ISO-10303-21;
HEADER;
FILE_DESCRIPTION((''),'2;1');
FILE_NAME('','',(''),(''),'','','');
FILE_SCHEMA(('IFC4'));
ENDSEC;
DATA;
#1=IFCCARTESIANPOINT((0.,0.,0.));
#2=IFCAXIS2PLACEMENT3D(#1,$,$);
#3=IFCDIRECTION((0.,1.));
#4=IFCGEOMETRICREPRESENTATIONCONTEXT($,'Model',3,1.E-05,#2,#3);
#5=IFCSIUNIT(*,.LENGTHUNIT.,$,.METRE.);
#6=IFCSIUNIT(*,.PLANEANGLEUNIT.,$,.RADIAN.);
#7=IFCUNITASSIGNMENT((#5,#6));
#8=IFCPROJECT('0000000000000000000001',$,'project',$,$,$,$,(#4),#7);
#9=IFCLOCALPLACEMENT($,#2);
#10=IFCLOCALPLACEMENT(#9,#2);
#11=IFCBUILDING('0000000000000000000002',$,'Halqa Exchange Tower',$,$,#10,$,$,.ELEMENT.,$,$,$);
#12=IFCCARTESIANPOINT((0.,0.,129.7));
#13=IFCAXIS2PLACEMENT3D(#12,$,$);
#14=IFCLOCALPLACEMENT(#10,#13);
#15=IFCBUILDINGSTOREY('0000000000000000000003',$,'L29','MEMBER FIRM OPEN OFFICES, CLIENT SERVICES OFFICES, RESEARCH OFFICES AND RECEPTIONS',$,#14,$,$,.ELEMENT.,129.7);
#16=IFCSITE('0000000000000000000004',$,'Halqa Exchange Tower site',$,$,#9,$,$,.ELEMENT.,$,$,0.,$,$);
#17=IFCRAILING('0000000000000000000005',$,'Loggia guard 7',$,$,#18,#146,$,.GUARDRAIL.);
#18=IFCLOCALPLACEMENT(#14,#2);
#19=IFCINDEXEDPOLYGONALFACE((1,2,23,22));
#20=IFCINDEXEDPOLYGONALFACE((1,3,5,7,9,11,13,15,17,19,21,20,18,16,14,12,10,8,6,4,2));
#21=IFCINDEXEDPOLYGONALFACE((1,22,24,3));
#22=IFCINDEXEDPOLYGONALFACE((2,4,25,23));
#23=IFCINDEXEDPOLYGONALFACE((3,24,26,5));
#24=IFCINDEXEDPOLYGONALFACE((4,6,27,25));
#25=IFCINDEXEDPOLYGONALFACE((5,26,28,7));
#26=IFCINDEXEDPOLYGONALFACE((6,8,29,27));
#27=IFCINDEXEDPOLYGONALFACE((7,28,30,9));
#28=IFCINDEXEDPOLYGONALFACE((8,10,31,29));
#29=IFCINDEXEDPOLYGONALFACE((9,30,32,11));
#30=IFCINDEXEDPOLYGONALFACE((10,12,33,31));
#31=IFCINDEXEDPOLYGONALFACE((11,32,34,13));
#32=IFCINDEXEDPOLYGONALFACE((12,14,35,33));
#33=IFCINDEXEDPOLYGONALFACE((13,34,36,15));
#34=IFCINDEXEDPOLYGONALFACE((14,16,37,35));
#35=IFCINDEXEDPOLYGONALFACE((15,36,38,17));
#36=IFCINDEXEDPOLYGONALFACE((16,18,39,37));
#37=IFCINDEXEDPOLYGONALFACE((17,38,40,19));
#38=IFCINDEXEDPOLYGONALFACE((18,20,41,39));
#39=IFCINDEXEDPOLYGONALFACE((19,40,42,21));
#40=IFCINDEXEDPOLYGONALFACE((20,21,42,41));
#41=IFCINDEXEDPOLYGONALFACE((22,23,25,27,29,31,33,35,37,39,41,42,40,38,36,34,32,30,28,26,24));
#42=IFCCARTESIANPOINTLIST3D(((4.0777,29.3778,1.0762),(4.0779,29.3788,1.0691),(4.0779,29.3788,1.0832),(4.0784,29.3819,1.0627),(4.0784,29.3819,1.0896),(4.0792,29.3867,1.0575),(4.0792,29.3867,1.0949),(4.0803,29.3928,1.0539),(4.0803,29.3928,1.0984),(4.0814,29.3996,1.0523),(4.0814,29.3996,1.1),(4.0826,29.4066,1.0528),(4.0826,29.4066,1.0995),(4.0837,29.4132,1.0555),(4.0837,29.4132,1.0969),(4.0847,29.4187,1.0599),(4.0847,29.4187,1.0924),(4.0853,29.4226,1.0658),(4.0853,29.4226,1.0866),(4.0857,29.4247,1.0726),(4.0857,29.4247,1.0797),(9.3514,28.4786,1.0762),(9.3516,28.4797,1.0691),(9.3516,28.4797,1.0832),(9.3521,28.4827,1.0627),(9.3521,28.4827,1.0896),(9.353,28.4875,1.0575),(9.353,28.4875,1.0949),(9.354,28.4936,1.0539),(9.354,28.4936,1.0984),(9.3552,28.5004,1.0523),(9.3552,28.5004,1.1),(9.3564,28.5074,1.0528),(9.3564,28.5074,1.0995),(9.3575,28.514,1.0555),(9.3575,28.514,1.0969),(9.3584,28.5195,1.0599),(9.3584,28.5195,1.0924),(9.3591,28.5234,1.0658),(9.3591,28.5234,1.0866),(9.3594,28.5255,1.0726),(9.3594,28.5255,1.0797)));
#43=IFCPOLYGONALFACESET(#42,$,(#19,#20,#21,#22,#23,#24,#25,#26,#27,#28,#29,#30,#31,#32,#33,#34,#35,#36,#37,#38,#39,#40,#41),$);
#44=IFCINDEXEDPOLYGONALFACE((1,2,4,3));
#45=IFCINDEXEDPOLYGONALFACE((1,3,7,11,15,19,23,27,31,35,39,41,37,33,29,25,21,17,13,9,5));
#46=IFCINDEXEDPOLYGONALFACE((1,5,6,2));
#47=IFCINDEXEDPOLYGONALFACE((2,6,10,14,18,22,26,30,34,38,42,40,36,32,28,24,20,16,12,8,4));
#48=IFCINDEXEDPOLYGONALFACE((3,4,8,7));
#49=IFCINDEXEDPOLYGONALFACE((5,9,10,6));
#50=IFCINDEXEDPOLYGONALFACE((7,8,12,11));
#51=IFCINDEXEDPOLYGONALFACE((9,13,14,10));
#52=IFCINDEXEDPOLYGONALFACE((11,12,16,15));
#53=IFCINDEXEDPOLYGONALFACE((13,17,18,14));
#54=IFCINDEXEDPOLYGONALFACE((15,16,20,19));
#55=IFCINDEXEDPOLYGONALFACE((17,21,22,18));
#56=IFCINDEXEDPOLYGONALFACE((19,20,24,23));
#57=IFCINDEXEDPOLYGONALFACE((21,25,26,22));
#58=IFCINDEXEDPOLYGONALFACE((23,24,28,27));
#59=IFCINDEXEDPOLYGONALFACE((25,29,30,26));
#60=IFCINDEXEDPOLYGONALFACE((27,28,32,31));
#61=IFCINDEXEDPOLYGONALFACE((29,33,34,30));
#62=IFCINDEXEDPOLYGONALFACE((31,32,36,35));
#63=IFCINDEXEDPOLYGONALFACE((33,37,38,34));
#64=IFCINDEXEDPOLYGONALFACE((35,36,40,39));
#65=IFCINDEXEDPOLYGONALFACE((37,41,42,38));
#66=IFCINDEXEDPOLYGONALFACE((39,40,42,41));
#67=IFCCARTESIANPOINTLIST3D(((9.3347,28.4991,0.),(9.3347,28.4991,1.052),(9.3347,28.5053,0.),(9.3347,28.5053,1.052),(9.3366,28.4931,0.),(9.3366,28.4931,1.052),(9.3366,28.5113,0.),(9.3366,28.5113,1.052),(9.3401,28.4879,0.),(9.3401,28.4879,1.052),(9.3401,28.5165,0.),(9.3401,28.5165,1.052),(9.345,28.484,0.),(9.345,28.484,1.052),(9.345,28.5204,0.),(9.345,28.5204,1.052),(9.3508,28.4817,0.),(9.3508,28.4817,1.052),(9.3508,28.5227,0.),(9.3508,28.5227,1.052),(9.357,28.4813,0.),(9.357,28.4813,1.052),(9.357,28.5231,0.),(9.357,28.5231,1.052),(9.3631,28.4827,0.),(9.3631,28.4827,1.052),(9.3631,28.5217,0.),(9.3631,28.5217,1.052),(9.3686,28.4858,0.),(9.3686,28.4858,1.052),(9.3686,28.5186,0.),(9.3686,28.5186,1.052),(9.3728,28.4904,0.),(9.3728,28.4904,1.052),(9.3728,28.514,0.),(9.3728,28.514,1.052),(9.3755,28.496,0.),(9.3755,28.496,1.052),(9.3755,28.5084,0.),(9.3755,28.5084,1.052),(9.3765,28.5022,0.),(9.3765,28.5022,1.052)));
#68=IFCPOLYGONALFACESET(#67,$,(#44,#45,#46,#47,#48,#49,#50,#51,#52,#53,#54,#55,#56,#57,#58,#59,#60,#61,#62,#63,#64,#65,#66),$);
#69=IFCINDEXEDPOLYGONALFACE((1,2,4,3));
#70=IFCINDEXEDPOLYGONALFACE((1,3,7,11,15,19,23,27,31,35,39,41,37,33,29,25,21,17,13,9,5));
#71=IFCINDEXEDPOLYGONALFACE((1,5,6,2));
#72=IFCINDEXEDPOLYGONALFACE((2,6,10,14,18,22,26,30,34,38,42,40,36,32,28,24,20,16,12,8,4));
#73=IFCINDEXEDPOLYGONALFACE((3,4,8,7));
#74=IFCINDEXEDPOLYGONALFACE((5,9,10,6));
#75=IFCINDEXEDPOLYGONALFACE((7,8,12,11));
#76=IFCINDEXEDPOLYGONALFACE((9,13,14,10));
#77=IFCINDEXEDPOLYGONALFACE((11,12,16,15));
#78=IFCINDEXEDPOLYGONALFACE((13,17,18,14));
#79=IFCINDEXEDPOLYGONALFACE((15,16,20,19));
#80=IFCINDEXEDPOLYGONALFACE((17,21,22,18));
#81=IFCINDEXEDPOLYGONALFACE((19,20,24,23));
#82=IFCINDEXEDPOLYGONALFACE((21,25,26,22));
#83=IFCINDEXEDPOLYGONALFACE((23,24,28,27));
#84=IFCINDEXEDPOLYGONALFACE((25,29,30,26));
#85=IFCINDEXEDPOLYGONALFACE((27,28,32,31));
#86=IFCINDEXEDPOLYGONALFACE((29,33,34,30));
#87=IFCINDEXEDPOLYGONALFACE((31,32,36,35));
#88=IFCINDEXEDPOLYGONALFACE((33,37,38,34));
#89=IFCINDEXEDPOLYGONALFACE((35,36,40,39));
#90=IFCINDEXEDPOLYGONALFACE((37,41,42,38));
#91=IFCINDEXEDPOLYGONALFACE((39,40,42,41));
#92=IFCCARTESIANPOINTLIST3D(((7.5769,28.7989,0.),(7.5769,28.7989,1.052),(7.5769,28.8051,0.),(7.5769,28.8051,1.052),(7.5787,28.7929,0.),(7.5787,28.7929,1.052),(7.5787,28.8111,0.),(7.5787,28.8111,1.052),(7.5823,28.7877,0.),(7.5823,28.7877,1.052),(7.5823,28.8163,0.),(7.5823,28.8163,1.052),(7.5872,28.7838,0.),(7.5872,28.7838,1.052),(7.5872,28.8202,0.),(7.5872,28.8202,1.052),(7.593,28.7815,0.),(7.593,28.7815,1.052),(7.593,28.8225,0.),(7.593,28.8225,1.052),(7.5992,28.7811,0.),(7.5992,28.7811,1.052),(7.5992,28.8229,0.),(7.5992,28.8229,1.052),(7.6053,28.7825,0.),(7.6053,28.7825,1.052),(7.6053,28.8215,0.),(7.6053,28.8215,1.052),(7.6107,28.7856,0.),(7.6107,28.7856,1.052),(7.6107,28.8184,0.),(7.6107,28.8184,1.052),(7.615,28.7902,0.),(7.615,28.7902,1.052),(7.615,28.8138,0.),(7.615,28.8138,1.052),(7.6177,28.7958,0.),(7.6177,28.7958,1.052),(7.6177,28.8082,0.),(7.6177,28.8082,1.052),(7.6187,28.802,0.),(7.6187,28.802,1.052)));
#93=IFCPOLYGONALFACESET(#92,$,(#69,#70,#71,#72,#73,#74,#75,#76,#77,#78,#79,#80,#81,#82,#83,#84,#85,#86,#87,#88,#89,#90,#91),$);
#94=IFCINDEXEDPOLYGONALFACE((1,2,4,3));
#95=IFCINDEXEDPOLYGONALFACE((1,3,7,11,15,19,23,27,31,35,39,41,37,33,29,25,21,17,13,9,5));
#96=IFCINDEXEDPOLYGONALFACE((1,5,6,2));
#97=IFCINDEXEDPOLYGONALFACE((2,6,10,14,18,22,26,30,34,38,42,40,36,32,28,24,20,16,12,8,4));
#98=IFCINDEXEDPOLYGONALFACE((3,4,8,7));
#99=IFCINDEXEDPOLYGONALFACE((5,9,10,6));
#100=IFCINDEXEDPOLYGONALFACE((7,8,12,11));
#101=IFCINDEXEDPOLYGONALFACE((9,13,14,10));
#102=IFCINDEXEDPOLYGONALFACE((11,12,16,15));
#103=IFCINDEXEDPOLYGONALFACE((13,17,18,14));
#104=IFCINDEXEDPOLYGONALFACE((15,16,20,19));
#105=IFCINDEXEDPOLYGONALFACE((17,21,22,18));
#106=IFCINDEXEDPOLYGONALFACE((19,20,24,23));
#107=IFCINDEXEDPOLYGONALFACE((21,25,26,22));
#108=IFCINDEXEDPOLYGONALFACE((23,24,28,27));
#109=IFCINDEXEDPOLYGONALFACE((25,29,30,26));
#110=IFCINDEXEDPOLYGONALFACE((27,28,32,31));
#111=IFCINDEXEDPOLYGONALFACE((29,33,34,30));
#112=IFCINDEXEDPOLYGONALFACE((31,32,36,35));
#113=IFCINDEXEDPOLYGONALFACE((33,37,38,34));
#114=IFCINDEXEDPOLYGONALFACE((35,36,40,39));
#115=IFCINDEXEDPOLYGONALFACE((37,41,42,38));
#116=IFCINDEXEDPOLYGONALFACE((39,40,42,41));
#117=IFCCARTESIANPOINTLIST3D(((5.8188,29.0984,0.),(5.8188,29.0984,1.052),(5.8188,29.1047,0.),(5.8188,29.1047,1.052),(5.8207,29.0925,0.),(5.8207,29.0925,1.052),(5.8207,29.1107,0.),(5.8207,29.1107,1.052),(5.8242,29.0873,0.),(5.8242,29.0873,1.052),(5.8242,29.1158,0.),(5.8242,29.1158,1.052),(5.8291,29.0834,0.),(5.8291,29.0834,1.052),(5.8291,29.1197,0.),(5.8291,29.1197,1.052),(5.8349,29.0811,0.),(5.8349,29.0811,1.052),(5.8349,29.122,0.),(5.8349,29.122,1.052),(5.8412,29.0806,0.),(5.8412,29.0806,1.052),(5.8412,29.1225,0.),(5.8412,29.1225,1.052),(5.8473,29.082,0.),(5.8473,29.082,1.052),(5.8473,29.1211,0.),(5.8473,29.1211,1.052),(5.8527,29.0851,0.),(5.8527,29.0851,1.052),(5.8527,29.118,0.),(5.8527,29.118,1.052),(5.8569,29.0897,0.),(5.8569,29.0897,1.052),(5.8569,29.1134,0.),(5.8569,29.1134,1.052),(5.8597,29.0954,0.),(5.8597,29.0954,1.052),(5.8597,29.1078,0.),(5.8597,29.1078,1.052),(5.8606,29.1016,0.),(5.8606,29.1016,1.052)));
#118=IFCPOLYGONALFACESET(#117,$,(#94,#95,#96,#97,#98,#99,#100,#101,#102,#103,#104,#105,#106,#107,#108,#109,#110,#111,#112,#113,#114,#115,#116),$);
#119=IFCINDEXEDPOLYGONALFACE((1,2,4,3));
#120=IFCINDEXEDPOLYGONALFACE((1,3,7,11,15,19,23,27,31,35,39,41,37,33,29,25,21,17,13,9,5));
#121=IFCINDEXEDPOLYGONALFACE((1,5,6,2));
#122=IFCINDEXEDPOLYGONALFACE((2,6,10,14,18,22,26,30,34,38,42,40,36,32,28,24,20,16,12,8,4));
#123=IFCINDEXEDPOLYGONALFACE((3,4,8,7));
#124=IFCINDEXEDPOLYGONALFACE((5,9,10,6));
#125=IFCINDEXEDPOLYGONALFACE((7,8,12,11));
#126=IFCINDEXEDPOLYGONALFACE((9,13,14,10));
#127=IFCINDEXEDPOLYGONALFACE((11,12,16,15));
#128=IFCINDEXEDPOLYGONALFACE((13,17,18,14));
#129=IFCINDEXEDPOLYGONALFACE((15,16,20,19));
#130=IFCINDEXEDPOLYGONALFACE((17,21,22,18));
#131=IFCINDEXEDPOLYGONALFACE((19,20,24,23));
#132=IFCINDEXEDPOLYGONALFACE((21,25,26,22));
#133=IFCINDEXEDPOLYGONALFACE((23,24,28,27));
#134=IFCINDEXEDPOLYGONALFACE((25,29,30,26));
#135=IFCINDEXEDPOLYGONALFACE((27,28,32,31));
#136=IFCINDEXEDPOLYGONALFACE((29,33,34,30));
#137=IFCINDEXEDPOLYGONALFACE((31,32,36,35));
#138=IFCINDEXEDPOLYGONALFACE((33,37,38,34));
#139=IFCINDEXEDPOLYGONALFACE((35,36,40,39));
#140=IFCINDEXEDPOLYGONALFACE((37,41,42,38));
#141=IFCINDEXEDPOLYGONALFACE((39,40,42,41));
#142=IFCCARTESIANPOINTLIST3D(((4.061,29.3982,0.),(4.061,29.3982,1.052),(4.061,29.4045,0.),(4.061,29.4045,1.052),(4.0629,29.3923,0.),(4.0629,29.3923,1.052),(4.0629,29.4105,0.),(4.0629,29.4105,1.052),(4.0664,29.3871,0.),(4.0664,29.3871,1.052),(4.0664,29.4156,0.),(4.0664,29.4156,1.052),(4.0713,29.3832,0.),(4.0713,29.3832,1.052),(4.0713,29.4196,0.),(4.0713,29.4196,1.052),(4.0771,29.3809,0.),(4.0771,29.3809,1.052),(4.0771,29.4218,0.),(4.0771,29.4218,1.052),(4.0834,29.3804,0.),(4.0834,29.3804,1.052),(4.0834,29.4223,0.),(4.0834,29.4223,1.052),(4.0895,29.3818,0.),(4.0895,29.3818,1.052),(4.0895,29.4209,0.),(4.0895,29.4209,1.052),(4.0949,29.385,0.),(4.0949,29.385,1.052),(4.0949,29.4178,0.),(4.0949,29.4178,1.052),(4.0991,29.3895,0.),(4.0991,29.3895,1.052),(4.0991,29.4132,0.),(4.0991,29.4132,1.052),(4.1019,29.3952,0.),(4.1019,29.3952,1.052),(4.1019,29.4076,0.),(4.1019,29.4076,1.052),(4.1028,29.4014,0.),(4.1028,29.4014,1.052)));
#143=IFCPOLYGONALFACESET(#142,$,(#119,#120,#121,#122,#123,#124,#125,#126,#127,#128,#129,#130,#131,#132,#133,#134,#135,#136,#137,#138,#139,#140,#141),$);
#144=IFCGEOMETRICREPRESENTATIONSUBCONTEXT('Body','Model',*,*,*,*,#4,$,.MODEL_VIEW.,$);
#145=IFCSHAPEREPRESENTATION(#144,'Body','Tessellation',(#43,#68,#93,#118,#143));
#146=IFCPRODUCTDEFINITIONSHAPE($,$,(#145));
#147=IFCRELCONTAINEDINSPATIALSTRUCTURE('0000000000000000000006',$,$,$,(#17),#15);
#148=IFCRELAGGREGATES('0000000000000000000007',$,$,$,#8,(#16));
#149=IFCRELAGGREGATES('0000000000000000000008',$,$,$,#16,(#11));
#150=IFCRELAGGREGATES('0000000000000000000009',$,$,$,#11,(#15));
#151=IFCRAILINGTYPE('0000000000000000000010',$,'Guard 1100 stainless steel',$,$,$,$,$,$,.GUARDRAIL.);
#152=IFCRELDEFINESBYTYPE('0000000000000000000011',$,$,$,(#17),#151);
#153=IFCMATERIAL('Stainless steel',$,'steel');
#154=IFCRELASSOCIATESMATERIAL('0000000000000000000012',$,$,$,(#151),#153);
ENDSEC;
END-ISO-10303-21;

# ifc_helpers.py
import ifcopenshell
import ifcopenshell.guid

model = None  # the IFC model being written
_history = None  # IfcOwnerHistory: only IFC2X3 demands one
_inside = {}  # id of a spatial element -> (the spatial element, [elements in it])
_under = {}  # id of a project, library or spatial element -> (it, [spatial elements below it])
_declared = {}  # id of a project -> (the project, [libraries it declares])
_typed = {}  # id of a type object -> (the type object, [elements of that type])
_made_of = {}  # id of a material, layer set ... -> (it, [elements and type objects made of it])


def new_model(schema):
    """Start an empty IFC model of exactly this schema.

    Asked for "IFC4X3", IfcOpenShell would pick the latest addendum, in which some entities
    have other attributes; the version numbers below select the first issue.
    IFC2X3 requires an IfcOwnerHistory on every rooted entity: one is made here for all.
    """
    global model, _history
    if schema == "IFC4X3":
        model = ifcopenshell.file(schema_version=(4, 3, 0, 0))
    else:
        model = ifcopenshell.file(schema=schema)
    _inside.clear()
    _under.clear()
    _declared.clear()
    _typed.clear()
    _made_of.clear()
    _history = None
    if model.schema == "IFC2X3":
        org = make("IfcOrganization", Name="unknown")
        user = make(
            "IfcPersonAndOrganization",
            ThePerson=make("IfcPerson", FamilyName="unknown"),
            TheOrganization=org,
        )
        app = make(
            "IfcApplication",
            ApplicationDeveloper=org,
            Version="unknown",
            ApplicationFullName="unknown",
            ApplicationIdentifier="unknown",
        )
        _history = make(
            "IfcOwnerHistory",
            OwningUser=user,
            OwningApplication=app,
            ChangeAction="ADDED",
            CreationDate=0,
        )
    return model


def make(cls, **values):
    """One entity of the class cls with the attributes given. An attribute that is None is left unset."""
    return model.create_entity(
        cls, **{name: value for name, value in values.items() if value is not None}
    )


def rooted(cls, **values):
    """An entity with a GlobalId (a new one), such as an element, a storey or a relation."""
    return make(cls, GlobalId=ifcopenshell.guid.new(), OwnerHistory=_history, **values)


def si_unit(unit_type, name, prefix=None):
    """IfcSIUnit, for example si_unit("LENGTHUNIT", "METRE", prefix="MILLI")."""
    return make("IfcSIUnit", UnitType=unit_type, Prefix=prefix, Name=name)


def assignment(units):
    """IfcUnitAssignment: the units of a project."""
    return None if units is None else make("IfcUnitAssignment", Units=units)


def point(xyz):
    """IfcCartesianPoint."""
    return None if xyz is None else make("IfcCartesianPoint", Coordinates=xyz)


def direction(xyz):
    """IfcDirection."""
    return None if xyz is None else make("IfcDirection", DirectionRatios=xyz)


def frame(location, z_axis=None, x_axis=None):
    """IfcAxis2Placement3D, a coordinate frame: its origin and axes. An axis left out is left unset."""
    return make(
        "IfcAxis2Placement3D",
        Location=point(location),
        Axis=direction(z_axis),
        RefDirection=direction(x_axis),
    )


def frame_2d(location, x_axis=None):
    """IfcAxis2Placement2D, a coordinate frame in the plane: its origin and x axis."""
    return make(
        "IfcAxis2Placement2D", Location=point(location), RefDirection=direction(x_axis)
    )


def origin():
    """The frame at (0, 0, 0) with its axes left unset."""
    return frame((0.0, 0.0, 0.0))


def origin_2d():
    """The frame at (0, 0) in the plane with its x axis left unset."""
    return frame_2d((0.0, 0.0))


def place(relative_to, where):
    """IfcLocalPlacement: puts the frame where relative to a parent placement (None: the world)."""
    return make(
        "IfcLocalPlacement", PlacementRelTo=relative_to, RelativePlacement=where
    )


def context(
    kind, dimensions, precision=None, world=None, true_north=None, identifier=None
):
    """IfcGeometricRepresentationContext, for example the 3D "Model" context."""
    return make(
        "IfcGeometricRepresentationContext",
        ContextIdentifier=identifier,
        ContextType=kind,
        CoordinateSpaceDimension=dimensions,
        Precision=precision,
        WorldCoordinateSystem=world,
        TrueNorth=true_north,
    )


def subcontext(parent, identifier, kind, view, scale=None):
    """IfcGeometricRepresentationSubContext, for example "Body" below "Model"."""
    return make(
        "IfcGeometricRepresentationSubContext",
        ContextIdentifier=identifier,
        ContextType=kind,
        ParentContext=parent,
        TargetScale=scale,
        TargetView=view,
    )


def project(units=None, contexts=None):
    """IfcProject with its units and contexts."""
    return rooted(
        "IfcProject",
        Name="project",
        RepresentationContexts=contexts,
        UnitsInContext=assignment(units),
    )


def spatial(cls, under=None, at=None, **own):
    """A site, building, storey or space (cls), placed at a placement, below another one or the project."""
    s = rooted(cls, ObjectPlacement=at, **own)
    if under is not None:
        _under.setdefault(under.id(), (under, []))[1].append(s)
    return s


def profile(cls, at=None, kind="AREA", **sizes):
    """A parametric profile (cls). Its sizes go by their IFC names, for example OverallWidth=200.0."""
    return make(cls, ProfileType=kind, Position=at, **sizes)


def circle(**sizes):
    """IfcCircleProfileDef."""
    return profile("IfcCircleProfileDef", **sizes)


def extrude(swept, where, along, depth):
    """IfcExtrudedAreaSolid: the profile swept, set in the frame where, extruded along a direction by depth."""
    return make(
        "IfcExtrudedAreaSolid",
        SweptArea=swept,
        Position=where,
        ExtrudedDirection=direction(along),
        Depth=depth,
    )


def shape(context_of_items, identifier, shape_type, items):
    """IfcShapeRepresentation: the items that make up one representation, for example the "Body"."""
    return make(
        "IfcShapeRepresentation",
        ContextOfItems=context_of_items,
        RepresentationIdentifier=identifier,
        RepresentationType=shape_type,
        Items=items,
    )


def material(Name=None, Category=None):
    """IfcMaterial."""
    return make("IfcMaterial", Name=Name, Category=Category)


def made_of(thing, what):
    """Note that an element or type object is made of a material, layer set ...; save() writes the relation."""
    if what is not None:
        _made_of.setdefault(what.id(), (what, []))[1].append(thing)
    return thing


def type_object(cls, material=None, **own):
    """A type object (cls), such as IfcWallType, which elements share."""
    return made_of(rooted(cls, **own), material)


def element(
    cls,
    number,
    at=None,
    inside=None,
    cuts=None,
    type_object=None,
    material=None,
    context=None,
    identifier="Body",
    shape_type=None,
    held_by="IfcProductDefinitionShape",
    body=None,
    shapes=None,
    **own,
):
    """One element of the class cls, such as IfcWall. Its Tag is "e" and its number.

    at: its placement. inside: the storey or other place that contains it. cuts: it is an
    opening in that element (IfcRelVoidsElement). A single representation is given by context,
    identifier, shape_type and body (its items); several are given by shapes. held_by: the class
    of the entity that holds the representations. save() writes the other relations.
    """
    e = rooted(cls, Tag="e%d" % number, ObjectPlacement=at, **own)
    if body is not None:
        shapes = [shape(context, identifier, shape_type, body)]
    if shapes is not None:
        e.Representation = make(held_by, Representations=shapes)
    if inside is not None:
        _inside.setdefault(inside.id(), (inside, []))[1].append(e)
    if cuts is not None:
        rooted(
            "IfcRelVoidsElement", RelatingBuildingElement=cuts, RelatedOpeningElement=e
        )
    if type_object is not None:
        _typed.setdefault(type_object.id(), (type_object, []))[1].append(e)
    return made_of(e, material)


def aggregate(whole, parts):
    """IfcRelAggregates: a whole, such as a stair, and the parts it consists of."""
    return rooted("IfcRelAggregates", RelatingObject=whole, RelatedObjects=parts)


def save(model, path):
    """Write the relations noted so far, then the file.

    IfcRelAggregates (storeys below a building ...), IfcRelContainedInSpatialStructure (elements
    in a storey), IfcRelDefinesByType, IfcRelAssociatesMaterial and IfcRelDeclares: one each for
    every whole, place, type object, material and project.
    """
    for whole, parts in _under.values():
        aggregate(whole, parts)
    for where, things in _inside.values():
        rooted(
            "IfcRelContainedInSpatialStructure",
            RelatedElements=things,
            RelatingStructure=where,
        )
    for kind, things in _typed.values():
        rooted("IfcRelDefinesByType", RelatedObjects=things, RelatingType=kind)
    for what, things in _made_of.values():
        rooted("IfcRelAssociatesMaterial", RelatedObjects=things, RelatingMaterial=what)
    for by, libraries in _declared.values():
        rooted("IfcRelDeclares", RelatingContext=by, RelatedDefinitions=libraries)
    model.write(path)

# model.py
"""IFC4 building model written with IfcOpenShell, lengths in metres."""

from ifc_helpers import new_model, si_unit, direction, frame, origin, origin_2d, place, context, subcontext, project, spatial, circle, extrude, material, type_object, element, save


model = new_model("IFC4")

# Units and contexts
model_context = context("Model", 3, precision=1e-05, world=origin(), true_north=direction((0.0, 1.0)))
body_context = subcontext(model_context, "Body", "Model", "MODEL_VIEW")
ifc_project = project(units=[si_unit("LENGTHUNIT", "METRE"), si_unit("PLANEANGLEUNIT", "RADIAN")], contexts=[model_context])

# Site, building, storey
site_placement = place(None, origin())
site = spatial("IfcSite", under=ifc_project, at=site_placement, Name="Halqa Exchange Tower site", CompositionType="ELEMENT", RefElevation=0.0)
building_placement = place(site_placement, origin())
building = spatial("IfcBuilding", under=site, at=building_placement, Name="Halqa Exchange Tower", CompositionType="ELEMENT")
storey_placement = place(building_placement, frame((0.0, 0.0, 129.7)))
storey = spatial("IfcBuildingStorey", under=building, at=storey_placement, Name="L29", Description="MEMBER FIRM OPEN OFFICES, CLIENT SERVICES OFFICES, RESEARCH OFFICES AND RECEPTIONS", CompositionType="ELEMENT", Elevation=129.7)

# Railing
ifc_material_1 = material(Name="Stainless steel", Category="steel")
railing_type_1 = type_object("IfcRailingType", Name="Guard 1100 stainless steel", PredefinedType="GUARDRAIL", material=ifc_material_1)
railing_1_placement = place(storey_placement, frame((9.3555, 28.5022, 0.0)))
element("IfcRailing", 1, at=railing_1_placement, inside=storey, type_object=railing_type_1, Name="Loggia guard 7", PredefinedType="GUARDRAIL", context=body_context, shape_type="SweptSolid", body=[
    extrude(circle(Radius=0.0239, at=origin_2d()), frame((0.0, 0.0, 1.0762), z_axis=(-0.985774, 0.168076, 0.0), x_axis=(-0.168076, -0.985774, 0.0)), (0.0, 0.0, 1.0), 5.3499),
    extrude(circle(Radius=0.021, at=origin_2d()), origin(), (0.0, 0.0, 1.0), 1.052),
    extrude(circle(Radius=0.021, at=origin_2d()), frame((-1.7578, 0.2998, 0.0)), (0.0, 0.0, 1.0), 1.052),
    extrude(circle(Radius=0.021, at=origin_2d()), frame((-3.5159, 0.5994, 0.0)), (0.0, 0.0, 1.0), 1.052),
    extrude(circle(Radius=0.021, at=origin_2d()), frame((-5.2737, 0.8992, 0.0)), (0.0, 0.0, 1.0), 1.052),
])

save(model, "model.ifc")
